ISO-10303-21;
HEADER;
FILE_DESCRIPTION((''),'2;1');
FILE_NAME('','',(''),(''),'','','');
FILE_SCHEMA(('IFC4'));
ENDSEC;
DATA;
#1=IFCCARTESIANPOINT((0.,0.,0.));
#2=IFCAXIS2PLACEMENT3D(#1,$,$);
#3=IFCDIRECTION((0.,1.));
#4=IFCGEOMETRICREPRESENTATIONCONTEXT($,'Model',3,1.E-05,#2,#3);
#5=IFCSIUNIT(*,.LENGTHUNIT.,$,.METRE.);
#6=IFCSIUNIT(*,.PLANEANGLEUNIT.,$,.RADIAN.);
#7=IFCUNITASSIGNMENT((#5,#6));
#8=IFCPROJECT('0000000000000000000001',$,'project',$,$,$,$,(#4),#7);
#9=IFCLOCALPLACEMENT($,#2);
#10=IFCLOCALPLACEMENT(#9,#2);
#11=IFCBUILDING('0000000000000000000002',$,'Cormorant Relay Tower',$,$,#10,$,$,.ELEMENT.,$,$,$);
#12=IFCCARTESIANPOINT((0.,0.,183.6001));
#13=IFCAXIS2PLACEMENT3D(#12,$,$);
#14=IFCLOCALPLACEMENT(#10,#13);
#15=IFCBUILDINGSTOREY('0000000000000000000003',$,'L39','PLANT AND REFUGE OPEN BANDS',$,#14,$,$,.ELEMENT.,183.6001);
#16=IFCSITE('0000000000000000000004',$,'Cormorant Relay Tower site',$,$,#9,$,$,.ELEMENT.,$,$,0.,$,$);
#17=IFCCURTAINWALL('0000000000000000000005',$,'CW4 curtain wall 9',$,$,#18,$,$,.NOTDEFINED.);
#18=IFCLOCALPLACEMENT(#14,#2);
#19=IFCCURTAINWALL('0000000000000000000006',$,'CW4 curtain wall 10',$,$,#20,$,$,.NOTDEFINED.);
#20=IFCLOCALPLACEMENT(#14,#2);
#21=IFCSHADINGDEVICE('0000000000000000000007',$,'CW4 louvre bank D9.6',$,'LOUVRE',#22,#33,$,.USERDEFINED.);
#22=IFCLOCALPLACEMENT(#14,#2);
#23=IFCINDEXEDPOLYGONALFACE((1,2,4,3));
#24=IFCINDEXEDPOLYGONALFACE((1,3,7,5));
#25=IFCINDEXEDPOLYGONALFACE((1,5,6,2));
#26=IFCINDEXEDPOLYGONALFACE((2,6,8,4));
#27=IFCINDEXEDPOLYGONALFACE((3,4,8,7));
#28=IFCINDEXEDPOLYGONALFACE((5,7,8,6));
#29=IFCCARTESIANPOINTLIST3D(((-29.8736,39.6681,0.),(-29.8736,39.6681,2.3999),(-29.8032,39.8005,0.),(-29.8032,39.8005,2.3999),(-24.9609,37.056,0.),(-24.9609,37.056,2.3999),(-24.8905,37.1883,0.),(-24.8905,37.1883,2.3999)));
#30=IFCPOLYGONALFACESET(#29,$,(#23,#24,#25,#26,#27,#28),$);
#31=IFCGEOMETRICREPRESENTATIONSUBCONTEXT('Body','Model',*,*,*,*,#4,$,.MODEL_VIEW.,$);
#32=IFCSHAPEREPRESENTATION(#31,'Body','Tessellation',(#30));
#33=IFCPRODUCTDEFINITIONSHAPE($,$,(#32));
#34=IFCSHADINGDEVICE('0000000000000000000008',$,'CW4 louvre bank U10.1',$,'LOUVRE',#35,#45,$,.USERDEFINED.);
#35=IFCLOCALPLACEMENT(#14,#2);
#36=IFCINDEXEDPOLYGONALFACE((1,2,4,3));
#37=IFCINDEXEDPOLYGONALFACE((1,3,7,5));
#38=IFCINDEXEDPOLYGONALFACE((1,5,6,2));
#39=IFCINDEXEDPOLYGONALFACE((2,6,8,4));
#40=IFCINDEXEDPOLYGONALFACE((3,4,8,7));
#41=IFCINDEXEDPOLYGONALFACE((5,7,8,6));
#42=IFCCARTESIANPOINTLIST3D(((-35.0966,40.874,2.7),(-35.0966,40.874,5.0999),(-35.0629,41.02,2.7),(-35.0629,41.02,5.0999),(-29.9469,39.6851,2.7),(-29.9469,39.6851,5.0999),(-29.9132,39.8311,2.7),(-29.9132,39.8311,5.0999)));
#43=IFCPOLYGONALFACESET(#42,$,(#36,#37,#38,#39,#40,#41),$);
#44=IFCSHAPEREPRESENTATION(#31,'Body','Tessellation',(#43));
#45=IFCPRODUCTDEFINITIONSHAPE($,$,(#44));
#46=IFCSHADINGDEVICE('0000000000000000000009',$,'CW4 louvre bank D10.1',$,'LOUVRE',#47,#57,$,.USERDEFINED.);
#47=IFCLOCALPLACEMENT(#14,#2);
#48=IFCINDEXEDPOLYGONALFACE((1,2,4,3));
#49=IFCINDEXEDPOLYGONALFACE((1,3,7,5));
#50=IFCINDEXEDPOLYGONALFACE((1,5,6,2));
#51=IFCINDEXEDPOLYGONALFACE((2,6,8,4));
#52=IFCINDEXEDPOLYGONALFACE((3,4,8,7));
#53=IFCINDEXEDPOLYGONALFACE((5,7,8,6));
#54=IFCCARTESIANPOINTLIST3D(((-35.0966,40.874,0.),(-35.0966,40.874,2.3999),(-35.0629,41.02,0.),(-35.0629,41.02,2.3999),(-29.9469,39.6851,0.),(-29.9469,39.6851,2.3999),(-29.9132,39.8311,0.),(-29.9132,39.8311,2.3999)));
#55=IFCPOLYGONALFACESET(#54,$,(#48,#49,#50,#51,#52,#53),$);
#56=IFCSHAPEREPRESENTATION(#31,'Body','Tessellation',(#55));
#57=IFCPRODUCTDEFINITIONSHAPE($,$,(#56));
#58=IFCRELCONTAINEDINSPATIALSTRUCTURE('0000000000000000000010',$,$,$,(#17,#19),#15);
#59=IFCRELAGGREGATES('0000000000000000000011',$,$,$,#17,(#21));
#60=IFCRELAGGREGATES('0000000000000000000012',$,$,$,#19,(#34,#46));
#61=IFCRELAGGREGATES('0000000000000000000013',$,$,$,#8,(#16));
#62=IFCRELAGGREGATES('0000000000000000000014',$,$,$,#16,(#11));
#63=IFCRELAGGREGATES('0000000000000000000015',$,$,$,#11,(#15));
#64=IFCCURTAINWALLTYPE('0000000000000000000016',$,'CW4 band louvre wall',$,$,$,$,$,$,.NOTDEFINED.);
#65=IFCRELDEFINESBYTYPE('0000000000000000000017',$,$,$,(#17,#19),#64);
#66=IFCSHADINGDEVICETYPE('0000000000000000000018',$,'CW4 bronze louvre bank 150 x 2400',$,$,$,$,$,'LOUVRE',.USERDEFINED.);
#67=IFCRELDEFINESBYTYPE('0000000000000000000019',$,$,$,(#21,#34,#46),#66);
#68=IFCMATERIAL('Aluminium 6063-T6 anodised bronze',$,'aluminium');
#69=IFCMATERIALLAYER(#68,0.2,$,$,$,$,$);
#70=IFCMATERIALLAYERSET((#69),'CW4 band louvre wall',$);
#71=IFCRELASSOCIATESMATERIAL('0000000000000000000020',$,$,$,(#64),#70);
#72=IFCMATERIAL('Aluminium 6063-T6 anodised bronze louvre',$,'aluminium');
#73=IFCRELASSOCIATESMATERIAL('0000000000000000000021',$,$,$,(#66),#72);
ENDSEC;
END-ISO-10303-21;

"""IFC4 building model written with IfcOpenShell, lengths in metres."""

from ifc_helpers import new_model, si_unit, direction, frame, origin, origin_2d, place, context, subcontext, project, spatial, rectangle, extrude, material, layer, layer_set, type_object, element, aggregate, save


model = new_model("IFC4")

# Units and contexts
model_context = context("Model", 3, precision=1e-05, world=origin(), true_north=direction((0.0, 1.0)))
body_context = subcontext(model_context, "Body", "Model", "MODEL_VIEW")
ifc_project = project(units=[si_unit("LENGTHUNIT", "METRE"), si_unit("PLANEANGLEUNIT", "RADIAN")], contexts=[model_context])

# Site, building, storey
site_placement = place(None, origin())
site = spatial("IfcSite", under=ifc_project, at=site_placement, Name="Cormorant Relay Tower site", CompositionType="ELEMENT", RefElevation=0.0)
building_placement = place(site_placement, origin())
building = spatial("IfcBuilding", under=site, at=building_placement, Name="Cormorant Relay Tower", CompositionType="ELEMENT")
storey_placement = place(building_placement, frame((0.0, 0.0, 183.6001)))
storey = spatial("IfcBuildingStorey", under=building, at=storey_placement, Name="L39", Description="PLANT AND REFUGE OPEN BANDS", CompositionType="ELEMENT", Elevation=183.6001)

# Curtain wall
ifc_material_1 = material(Name="Aluminium 6063-T6 anodised bronze", Category="aluminium")
ifc_layer_1 = layer(ifc_material_1, 0.2)
ifc_layer_set_1 = layer_set([ifc_layer_1], Name="CW4 band louvre wall")
curtain_wall_type = type_object("IfcCurtainWallType", Name="CW4 band louvre wall", PredefinedType="NOTDEFINED", material=ifc_layer_set_1)
curtain_wall_1_placement = place(storey_placement, origin())
curtain_wall_1 = element("IfcCurtainWall", 1, at=curtain_wall_1_placement, inside=storey, type_object=curtain_wall_type, Name="CW4 curtain wall 9", PredefinedType="NOTDEFINED")

# Curtain wall
curtain_wall_2_placement = place(storey_placement, origin())
curtain_wall_2 = element("IfcCurtainWall", 2, at=curtain_wall_2_placement, inside=storey, type_object=curtain_wall_type, Name="CW4 curtain wall 10", PredefinedType="NOTDEFINED")

# Shading devices
ifc_material_2 = material(Name="Aluminium 6063-T6 anodised bronze louvre", Category="aluminium")
shading_device_type = type_object("IfcShadingDeviceType", Name="CW4 bronze louvre bank 150 x 2400", ElementType="LOUVRE", PredefinedType="USERDEFINED", material=ifc_material_2)
shading_device_1_placement = place(storey_placement, frame((-27.3821, 38.4282, 0.0), z_axis=(0.0, 0.0, 1.0), x_axis=(-0.882948, 0.469472, 0.0)))
shading_device_1 = element("IfcShadingDevice", 3, at=shading_device_1_placement, type_object=shading_device_type, Name="CW4 louvre bank D9.6", ObjectType="LOUVRE", PredefinedType="USERDEFINED", context=body_context, shape_type="SweptSolid", body=[
    extrude(rectangle(XDim=5.564, YDim=0.1499, at=origin_2d()), origin(), (0.0, 0.0, 1.0), 2.3999),
])
aggregate(curtain_wall_1, [shading_device_1])
shading_device_2_placement = place(storey_placement, frame((-32.5049, 40.3525, 2.7), z_axis=(0.0, 0.0, 1.0), x_axis=(-0.97437, 0.224951, 0.0)))
shading_device_2 = element("IfcShadingDevice", 4, at=shading_device_2_placement, type_object=shading_device_type, Name="CW4 louvre bank U10.1", ObjectType="LOUVRE", PredefinedType="USERDEFINED", context=body_context, shape_type="SweptSolid", body=[
    extrude(rectangle(XDim=5.2852, YDim=0.1499, at=origin_2d()), origin(), (0.0, 0.0, 1.0), 2.3999),
])
shading_device_3_placement = place(storey_placement, frame((-32.5049, 40.3525, 0.0), z_axis=(0.0, 0.0, 1.0), x_axis=(-0.97437, 0.224951, 0.0)))
shading_device_3 = element("IfcShadingDevice", 5, at=shading_device_3_placement, type_object=shading_device_type, Name="CW4 louvre bank D10.1", ObjectType="LOUVRE", PredefinedType="USERDEFINED", context=body_context, shape_type="SweptSolid", body=[
    extrude(rectangle(XDim=5.2852, YDim=0.1499, at=origin_2d()), origin(), (0.0, 0.0, 1.0), 2.3999),
])
aggregate(curtain_wall_2, [shading_device_2, shading_device_3])

save(model, "model.ifc")
